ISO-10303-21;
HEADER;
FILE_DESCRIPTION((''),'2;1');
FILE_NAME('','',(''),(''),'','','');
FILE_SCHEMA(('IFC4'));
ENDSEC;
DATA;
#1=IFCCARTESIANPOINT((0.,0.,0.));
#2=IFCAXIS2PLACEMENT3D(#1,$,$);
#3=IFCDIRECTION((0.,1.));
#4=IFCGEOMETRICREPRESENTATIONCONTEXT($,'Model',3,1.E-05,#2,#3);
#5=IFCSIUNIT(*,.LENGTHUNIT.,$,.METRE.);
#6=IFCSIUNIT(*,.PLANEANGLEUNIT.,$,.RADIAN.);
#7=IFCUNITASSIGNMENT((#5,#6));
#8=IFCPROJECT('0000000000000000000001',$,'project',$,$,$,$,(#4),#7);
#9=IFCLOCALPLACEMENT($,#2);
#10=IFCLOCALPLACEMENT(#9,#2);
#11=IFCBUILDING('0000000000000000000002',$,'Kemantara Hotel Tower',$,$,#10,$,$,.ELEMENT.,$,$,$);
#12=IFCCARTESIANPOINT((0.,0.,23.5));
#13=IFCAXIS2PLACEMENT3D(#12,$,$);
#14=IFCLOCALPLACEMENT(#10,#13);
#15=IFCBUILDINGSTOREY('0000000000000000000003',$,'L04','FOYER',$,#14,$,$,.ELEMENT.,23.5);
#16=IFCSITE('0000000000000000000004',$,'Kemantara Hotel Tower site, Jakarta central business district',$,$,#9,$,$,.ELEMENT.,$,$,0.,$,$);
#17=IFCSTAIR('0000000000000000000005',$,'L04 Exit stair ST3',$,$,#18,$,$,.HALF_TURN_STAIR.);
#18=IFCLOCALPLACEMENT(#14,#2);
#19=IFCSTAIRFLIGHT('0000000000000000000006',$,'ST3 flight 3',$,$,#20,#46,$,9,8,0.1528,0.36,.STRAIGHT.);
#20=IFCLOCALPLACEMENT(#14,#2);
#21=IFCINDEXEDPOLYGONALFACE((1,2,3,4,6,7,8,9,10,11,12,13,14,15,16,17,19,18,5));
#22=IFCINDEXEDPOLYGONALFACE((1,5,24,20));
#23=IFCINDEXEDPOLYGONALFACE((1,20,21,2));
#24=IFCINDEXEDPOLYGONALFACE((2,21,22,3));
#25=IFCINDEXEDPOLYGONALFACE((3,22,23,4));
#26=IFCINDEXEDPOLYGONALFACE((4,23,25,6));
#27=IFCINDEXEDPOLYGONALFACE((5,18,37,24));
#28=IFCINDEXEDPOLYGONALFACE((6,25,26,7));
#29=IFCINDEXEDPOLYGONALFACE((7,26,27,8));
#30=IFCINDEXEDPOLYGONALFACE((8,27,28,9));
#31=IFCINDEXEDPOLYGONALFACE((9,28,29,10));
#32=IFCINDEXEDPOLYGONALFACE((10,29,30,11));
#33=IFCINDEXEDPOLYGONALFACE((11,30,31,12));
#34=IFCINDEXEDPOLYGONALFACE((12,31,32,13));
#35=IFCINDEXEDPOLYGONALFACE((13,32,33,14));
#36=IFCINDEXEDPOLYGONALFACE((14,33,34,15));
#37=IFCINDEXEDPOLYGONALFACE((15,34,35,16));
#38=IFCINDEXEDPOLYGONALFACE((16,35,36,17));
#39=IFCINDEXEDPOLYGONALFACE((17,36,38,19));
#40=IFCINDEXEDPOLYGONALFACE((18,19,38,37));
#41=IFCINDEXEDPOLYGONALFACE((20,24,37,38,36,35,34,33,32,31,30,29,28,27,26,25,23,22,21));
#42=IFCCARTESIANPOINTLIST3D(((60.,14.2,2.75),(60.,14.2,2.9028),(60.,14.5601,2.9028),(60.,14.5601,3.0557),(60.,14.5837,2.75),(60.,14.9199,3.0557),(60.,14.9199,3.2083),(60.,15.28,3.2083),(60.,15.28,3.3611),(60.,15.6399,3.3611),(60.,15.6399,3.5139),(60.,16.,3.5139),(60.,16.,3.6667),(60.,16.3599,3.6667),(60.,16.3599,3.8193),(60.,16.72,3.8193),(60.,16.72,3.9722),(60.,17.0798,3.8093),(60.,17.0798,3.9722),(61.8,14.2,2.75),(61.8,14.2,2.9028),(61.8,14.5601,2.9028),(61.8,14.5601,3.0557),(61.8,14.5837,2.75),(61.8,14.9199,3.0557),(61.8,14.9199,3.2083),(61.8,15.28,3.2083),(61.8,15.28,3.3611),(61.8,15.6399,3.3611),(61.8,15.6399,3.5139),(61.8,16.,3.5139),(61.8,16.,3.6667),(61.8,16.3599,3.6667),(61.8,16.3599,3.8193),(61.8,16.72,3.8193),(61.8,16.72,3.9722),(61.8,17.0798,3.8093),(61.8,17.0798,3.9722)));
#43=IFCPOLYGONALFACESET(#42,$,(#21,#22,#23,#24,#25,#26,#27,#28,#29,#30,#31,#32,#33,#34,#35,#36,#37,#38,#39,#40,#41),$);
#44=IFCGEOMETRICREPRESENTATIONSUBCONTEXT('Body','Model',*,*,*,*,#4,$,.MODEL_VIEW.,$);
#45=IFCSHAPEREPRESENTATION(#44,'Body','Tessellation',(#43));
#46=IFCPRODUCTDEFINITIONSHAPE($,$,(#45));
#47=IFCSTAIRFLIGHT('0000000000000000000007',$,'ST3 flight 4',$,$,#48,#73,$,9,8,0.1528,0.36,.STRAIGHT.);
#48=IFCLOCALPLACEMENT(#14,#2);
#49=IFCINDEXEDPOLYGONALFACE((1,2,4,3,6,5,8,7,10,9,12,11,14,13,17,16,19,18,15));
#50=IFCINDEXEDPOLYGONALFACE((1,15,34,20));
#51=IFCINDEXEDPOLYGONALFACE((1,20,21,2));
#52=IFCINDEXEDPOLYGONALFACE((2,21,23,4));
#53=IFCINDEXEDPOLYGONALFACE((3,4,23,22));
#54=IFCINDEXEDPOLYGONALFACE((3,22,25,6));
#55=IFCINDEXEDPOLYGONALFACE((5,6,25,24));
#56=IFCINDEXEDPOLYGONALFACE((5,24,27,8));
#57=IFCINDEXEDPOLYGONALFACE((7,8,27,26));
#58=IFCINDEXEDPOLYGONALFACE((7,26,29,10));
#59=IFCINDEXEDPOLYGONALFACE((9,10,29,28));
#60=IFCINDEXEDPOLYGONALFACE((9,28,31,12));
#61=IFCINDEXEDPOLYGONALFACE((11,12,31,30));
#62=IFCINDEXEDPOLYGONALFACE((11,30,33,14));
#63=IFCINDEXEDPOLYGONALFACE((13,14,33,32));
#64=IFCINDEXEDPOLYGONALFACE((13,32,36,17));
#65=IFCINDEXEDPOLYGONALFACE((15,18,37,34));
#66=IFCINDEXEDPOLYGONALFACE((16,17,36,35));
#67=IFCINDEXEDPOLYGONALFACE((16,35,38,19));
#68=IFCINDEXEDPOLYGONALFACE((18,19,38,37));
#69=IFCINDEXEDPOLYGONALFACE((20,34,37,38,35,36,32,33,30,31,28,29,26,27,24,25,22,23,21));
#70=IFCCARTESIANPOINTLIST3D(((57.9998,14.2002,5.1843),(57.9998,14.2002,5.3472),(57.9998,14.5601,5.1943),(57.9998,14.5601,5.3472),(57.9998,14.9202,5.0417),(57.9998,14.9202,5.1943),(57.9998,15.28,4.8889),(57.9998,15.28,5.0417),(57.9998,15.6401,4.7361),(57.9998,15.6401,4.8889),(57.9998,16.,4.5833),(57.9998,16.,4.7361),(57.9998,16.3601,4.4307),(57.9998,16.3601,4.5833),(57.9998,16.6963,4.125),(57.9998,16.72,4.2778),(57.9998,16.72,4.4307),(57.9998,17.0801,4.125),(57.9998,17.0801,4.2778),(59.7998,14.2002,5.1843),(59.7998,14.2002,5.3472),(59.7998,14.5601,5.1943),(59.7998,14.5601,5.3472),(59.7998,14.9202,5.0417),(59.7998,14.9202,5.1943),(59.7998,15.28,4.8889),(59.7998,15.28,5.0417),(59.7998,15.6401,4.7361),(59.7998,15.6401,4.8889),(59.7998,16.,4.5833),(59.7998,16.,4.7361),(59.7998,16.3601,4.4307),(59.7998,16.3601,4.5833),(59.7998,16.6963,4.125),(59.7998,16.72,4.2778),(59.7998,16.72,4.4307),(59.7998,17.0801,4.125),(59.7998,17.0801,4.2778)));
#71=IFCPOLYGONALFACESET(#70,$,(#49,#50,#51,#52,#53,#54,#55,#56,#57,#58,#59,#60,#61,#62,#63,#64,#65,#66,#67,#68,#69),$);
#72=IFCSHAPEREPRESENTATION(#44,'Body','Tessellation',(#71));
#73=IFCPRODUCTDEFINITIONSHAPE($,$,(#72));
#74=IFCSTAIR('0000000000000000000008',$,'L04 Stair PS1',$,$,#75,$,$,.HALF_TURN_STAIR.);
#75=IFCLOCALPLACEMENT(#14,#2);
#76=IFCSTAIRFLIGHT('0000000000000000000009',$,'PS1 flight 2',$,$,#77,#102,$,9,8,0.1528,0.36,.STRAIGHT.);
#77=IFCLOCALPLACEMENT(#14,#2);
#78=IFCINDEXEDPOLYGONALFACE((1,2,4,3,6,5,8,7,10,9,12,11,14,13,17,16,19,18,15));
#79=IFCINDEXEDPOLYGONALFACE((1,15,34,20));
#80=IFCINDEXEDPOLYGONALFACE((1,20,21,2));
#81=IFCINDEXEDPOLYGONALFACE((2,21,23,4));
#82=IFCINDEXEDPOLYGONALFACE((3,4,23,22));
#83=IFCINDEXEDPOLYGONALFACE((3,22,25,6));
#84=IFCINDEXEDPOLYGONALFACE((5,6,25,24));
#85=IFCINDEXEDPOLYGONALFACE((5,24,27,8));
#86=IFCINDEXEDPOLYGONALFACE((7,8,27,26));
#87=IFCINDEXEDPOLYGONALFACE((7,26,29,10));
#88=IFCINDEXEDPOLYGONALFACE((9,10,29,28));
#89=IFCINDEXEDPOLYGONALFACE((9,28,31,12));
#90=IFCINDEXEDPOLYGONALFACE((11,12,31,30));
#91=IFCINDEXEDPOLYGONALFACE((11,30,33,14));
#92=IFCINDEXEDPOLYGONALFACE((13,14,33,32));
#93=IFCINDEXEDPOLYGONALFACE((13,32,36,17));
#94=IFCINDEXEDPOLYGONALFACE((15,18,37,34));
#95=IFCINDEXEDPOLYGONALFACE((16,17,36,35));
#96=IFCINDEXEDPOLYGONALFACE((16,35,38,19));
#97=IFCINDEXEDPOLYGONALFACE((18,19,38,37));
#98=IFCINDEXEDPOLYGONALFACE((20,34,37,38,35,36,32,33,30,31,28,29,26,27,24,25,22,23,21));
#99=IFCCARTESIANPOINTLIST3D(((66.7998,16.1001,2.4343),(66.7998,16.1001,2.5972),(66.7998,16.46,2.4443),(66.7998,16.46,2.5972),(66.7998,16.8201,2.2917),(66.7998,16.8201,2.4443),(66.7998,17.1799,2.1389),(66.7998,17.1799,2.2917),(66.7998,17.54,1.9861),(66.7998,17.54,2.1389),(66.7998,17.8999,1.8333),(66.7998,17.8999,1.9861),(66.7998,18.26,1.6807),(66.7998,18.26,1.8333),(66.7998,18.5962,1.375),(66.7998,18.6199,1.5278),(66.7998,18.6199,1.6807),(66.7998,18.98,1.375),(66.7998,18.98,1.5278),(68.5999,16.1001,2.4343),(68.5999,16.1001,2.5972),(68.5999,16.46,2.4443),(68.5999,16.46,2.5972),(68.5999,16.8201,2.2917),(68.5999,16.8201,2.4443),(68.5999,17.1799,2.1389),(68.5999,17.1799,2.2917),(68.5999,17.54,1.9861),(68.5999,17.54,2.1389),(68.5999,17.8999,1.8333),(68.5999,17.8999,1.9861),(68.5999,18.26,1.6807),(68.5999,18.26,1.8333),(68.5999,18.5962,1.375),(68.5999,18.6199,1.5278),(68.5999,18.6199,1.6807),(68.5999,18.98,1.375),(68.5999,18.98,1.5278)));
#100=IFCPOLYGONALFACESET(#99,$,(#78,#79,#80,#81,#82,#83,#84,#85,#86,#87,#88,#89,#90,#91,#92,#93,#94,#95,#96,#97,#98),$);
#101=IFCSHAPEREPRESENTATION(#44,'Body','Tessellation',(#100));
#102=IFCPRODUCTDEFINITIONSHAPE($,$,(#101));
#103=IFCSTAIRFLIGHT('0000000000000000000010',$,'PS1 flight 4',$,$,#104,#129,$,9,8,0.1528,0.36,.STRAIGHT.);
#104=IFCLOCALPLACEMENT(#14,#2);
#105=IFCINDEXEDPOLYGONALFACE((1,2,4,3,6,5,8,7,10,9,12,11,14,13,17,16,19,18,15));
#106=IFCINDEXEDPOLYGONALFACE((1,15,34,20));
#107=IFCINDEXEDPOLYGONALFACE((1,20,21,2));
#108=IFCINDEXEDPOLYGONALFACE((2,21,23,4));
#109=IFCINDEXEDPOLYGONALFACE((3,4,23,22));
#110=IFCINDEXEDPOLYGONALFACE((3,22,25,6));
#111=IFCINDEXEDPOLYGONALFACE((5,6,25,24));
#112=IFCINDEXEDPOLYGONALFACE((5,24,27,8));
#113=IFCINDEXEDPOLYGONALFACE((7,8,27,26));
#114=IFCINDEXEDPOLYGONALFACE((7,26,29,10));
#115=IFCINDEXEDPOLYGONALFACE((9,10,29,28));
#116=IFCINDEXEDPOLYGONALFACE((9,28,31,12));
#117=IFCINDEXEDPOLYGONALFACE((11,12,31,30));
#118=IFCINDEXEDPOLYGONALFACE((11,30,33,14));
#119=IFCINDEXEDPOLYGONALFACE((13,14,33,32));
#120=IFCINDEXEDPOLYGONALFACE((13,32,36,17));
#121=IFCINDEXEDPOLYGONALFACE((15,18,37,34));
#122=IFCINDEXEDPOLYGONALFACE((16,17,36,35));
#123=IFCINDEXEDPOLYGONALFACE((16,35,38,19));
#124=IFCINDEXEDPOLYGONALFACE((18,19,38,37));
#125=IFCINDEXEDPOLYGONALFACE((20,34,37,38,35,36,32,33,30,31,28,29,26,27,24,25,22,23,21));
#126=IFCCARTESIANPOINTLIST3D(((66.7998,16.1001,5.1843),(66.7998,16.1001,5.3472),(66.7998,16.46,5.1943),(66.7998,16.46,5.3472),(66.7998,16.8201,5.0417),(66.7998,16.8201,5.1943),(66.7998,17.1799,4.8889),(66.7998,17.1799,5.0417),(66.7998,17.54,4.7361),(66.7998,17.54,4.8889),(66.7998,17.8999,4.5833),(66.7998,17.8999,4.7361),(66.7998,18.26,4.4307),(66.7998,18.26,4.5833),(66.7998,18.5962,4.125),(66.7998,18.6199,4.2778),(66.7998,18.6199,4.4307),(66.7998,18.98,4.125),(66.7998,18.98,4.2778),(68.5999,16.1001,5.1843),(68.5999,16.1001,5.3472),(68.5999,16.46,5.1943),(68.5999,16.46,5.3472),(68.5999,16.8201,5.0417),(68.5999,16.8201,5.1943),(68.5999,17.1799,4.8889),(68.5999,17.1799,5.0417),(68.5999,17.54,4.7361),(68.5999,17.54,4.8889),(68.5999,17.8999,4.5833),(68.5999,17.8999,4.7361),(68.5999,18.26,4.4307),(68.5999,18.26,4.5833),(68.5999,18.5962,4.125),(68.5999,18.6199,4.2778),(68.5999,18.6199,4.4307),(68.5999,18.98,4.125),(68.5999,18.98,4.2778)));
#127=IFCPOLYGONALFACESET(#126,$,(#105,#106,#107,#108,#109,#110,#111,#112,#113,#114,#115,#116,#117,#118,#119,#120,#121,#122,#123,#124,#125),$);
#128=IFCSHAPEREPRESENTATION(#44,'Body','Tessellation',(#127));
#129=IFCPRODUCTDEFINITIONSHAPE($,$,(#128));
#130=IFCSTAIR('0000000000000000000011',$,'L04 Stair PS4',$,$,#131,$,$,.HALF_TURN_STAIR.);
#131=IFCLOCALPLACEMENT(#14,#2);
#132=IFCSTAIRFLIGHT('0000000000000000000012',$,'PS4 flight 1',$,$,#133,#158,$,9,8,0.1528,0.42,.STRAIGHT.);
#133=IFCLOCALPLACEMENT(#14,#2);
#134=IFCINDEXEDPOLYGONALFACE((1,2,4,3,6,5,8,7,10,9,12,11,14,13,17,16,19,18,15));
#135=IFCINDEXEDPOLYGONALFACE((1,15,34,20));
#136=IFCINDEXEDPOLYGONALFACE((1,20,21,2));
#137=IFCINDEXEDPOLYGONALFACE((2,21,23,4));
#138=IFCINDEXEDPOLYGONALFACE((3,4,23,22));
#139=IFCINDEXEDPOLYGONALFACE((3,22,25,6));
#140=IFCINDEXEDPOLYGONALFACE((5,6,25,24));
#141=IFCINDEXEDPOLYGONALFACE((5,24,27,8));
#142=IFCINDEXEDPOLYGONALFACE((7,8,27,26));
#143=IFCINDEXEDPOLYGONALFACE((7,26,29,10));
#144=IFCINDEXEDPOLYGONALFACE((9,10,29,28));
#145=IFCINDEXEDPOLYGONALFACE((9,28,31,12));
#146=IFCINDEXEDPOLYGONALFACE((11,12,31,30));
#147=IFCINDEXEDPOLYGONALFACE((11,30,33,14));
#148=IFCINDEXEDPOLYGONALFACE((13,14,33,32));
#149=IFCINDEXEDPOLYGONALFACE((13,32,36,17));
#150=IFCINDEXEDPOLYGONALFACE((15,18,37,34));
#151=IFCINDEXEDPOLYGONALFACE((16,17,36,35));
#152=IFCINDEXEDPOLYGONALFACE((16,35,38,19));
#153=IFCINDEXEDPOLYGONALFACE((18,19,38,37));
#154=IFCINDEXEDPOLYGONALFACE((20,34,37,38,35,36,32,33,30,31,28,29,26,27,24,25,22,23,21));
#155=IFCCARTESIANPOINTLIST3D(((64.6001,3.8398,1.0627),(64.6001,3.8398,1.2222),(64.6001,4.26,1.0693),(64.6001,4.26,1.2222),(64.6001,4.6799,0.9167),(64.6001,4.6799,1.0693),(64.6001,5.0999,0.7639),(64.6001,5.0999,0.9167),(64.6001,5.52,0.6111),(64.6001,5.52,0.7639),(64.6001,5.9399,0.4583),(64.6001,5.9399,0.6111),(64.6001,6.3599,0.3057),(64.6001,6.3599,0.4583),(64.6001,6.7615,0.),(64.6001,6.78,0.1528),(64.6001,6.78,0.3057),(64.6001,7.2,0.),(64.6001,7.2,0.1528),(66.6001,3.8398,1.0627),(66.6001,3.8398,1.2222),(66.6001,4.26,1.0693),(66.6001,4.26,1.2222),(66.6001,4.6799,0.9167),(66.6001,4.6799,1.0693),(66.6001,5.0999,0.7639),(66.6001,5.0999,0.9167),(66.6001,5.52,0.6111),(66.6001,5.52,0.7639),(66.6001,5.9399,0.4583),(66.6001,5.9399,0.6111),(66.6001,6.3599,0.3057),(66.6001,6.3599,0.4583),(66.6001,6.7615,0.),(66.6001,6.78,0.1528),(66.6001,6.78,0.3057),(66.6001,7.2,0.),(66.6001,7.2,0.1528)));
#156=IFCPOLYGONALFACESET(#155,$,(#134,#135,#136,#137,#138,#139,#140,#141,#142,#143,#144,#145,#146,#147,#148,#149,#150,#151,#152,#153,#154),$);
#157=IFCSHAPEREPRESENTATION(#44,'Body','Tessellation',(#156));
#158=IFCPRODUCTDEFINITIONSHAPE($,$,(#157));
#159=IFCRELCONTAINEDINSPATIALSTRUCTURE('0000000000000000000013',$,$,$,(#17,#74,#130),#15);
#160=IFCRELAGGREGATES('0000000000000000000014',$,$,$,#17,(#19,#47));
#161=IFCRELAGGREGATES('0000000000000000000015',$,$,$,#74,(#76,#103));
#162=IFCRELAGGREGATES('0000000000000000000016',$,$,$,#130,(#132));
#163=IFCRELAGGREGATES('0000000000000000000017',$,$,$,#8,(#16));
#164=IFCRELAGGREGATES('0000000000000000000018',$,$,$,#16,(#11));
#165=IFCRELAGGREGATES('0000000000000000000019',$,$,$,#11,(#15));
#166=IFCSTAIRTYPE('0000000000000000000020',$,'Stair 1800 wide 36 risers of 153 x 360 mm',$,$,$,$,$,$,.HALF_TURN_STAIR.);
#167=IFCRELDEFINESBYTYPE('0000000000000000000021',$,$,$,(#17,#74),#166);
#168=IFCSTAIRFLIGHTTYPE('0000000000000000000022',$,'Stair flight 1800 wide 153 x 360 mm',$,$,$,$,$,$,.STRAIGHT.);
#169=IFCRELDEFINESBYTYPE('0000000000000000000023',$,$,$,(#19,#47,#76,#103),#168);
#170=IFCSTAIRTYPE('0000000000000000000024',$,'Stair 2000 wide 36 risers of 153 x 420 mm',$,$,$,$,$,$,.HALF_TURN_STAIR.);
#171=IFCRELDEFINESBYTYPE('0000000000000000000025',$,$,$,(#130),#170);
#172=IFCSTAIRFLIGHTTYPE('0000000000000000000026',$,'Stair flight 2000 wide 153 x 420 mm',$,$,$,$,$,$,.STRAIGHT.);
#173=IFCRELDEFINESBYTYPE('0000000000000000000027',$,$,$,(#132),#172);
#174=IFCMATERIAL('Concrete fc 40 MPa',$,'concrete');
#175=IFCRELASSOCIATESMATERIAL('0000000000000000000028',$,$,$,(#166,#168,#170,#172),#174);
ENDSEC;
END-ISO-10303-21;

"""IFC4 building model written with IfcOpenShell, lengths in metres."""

from ifc_helpers import new_model, si_unit, direction, frame, origin, place, context, subcontext, project, spatial, polyline, outline, extrude, material, type_object, element, aggregate, save


model = new_model("IFC4")

# Units and contexts
model_context = context("Model", 3, precision=1e-05, world=origin(), true_north=direction((0.0, 1.0)))
body_context = subcontext(model_context, "Body", "Model", "MODEL_VIEW")
ifc_project = project(units=[si_unit("LENGTHUNIT", "METRE"), si_unit("PLANEANGLEUNIT", "RADIAN")], contexts=[model_context])

# Site, building, storey
site_placement = place(None, origin())
site = spatial("IfcSite", under=ifc_project, at=site_placement, Name="Kemantara Hotel Tower site, Jakarta central business district", CompositionType="ELEMENT", RefElevation=0.0)
building_placement = place(site_placement, origin())
building = spatial("IfcBuilding", under=site, at=building_placement, Name="Kemantara Hotel Tower", CompositionType="ELEMENT")
storey_placement = place(building_placement, frame((0.0, 0.0, 23.5)))
storey = spatial("IfcBuildingStorey", under=building, at=storey_placement, Name="L04", Description="FOYER", CompositionType="ELEMENT", Elevation=23.5)

# Shared definitions
ifc_material_1 = material(Name="Concrete fc 40 MPa", Category="concrete")

# Stairs, stair flights
stair_type_1 = type_object("IfcStairType", Name="Stair 1800 wide 36 risers of 153 x 360 mm", PredefinedType="HALF_TURN_STAIR", material=ifc_material_1)
stair_1_placement = place(storey_placement, origin())
stair_1 = element("IfcStair", 1, at=stair_1_placement, inside=storey, type_object=stair_type_1, Name="L04 Exit stair ST3", PredefinedType="HALF_TURN_STAIR")
stair_flight_type_1 = type_object("IfcStairFlightType", Name="Stair flight 1800 wide 153 x 360 mm", PredefinedType="STRAIGHT", material=ifc_material_1)
stair_flight_1_placement = place(storey_placement, frame((60.8999, 14.2, 2.75), z_axis=(0.0, 0.0, 1.0), x_axis=(0.0, 1.0, 0.0)))
stair_flight_1 = element("IfcStairFlight", 2, at=stair_flight_1_placement, type_object=stair_flight_type_1, Name="ST3 flight 3", NumberOfRisers=9, NumberOfTreads=8, PredefinedType="STRAIGHT", RiserHeight=0.1528, TreadLength=0.36, context=body_context, shape_type="SweptSolid", body=[
    extrude(outline(polyline([(0.0, 0.0), (0.0, 0.1528), (0.3601, 0.1528), (0.3601, 0.3057), (0.72, 0.3057), (0.72, 0.4583), (1.0801, 0.4583), (1.0801, 0.6111), (1.4399, 0.6111), (1.4399, 0.7639), (1.8, 0.7639), (1.8, 0.9167), (2.1599, 0.9167), (2.1599, 1.0693), (2.52, 1.0693), (2.52, 1.2222), (2.8799, 1.2222), (2.8799, 1.375), (2.8799, 1.0593), (0.3838, 0.0), (0.0, 0.0)])), frame((0.0, 0.8999, 0.0), z_axis=(0.0, -1.0, 0.0), x_axis=(1.0, 0.0, 0.0)), (0.0, 0.0, 1.0), 1.8),
])
stair_flight_2_placement = place(storey_placement, frame((58.8999, 17.0801, 4.125), z_axis=(0.0, 0.0, 1.0), x_axis=(0.0, -1.0, 0.0)))
stair_flight_2 = element("IfcStairFlight", 3, at=stair_flight_2_placement, type_object=stair_flight_type_1, Name="ST3 flight 4", NumberOfRisers=9, NumberOfTreads=8, PredefinedType="STRAIGHT", RiserHeight=0.1528, TreadLength=0.36, context=body_context, shape_type="SweptSolid", body=[
    extrude(outline(polyline([(0.0, 0.0), (0.0, 0.1528), (0.3601, 0.1528), (0.3601, 0.3057), (0.72, 0.3057), (0.72, 0.4583), (1.0801, 0.4583), (1.0801, 0.6111), (1.4399, 0.6111), (1.4399, 0.7639), (1.8, 0.7639), (1.8, 0.9167), (2.1599, 0.9167), (2.1599, 1.0693), (2.52, 1.0693), (2.52, 1.2222), (2.8799, 1.2222), (2.8799, 1.375), (2.8799, 1.0593), (0.3838, 0.0), (0.0, 0.0)])), frame((0.0, 0.8999, 0.0), z_axis=(0.0, -1.0, 0.0), x_axis=(1.0, 0.0, 0.0)), (0.0, 0.0, 1.0), 1.8),
])
aggregate(stair_1, [stair_flight_1, stair_flight_2])
stair_2_placement = place(storey_placement, origin())
stair_2 = element("IfcStair", 4, at=stair_2_placement, inside=storey, type_object=stair_type_1, Name="L04 Stair PS1", PredefinedType="HALF_TURN_STAIR")
stair_flight_3_placement = place(storey_placement, frame((67.7, 18.98, 1.375), z_axis=(0.0, 0.0, 1.0), x_axis=(0.0, -1.0, 0.0)))
stair_flight_3 = element("IfcStairFlight", 5, at=stair_flight_3_placement, type_object=stair_flight_type_1, Name="PS1 flight 2", NumberOfRisers=9, NumberOfTreads=8, PredefinedType="STRAIGHT", RiserHeight=0.1528, TreadLength=0.36, context=body_context, shape_type="SweptSolid", body=[
    extrude(outline(polyline([(0.0, 0.0), (0.0, 0.1528), (0.3601, 0.1528), (0.3601, 0.3057), (0.72, 0.3057), (0.72, 0.4583), (1.0801, 0.4583), (1.0801, 0.6111), (1.4399, 0.6111), (1.4399, 0.7639), (1.8, 0.7639), (1.8, 0.9167), (2.1599, 0.9167), (2.1599, 1.0693), (2.52, 1.0693), (2.52, 1.2222), (2.8799, 1.2222), (2.8799, 1.375), (2.8799, 1.0593), (0.3838, 0.0), (0.0, 0.0)])), frame((0.0, 0.8999, 0.0), z_axis=(0.0, -1.0, 0.0), x_axis=(1.0, 0.0, 0.0)), (0.0, 0.0, 1.0), 1.8),
])
stair_flight_4_placement = place(storey_placement, frame((67.7, 18.98, 4.125), z_axis=(0.0, 0.0, 1.0), x_axis=(0.0, -1.0, 0.0)))
stair_flight_4 = element("IfcStairFlight", 6, at=stair_flight_4_placement, type_object=stair_flight_type_1, Name="PS1 flight 4", NumberOfRisers=9, NumberOfTreads=8, PredefinedType="STRAIGHT", RiserHeight=0.1528, TreadLength=0.36, context=body_context, shape_type="SweptSolid", body=[
    extrude(outline(polyline([(0.0, 0.0), (0.0, 0.1528), (0.3601, 0.1528), (0.3601, 0.3057), (0.72, 0.3057), (0.72, 0.4583), (1.0801, 0.4583), (1.0801, 0.6111), (1.4399, 0.6111), (1.4399, 0.7639), (1.8, 0.7639), (1.8, 0.9167), (2.1599, 0.9167), (2.1599, 1.0693), (2.52, 1.0693), (2.52, 1.2222), (2.8799, 1.2222), (2.8799, 1.375), (2.8799, 1.0593), (0.3838, 0.0), (0.0, 0.0)])), frame((0.0, 0.8999, 0.0), z_axis=(0.0, -1.0, 0.0), x_axis=(1.0, 0.0, 0.0)), (0.0, 0.0, 1.0), 1.8),
])
aggregate(stair_2, [stair_flight_3, stair_flight_4])
stair_type_2 = type_object("IfcStairType", Name="Stair 2000 wide 36 risers of 153 x 420 mm", PredefinedType="HALF_TURN_STAIR", material=ifc_material_1)
stair_3_placement = place(storey_placement, origin())
stair_3 = element("IfcStair", 7, at=stair_3_placement, inside=storey, type_object=stair_type_2, Name="L04 Stair PS4", PredefinedType="HALF_TURN_STAIR")
stair_flight_type_2 = type_object("IfcStairFlightType", Name="Stair flight 2000 wide 153 x 420 mm", PredefinedType="STRAIGHT", material=ifc_material_1)
stair_flight_5_placement = place(storey_placement, frame((65.6001, 7.2, 0.0), z_axis=(0.0, 0.0, 1.0), x_axis=(0.0, -1.0, 0.0)))
stair_flight_5 = element("IfcStairFlight", 8, at=stair_flight_5_placement, type_object=stair_flight_type_2, Name="PS4 flight 1", NumberOfRisers=9, NumberOfTreads=8, PredefinedType="STRAIGHT", RiserHeight=0.1528, TreadLength=0.42, context=body_context, shape_type="SweptSolid", body=[
    extrude(outline(polyline([(0.0, 0.0), (0.0, 0.1528), (0.4199, 0.1528), (0.4199, 0.3057), (0.8401, 0.3057), (0.8401, 0.4583), (1.26, 0.4583), (1.26, 0.6111), (1.6799, 0.6111), (1.6799, 0.7639), (2.1001, 0.7639), (2.1001, 0.9167), (2.52, 0.9167), (2.52, 1.0693), (2.9399, 1.0693), (2.9399, 1.2222), (3.3601, 1.2222), (3.3601, 1.375), (3.3601, 1.0627), (0.4385, 0.0), (0.0, 0.0)])), frame((0.0, 1.0, 0.0), z_axis=(0.0, -1.0, 0.0), x_axis=(1.0, 0.0, 0.0)), (0.0, 0.0, 1.0), 2.0),
])
aggregate(stair_3, [stair_flight_5])

save(model, "model.ifc")
